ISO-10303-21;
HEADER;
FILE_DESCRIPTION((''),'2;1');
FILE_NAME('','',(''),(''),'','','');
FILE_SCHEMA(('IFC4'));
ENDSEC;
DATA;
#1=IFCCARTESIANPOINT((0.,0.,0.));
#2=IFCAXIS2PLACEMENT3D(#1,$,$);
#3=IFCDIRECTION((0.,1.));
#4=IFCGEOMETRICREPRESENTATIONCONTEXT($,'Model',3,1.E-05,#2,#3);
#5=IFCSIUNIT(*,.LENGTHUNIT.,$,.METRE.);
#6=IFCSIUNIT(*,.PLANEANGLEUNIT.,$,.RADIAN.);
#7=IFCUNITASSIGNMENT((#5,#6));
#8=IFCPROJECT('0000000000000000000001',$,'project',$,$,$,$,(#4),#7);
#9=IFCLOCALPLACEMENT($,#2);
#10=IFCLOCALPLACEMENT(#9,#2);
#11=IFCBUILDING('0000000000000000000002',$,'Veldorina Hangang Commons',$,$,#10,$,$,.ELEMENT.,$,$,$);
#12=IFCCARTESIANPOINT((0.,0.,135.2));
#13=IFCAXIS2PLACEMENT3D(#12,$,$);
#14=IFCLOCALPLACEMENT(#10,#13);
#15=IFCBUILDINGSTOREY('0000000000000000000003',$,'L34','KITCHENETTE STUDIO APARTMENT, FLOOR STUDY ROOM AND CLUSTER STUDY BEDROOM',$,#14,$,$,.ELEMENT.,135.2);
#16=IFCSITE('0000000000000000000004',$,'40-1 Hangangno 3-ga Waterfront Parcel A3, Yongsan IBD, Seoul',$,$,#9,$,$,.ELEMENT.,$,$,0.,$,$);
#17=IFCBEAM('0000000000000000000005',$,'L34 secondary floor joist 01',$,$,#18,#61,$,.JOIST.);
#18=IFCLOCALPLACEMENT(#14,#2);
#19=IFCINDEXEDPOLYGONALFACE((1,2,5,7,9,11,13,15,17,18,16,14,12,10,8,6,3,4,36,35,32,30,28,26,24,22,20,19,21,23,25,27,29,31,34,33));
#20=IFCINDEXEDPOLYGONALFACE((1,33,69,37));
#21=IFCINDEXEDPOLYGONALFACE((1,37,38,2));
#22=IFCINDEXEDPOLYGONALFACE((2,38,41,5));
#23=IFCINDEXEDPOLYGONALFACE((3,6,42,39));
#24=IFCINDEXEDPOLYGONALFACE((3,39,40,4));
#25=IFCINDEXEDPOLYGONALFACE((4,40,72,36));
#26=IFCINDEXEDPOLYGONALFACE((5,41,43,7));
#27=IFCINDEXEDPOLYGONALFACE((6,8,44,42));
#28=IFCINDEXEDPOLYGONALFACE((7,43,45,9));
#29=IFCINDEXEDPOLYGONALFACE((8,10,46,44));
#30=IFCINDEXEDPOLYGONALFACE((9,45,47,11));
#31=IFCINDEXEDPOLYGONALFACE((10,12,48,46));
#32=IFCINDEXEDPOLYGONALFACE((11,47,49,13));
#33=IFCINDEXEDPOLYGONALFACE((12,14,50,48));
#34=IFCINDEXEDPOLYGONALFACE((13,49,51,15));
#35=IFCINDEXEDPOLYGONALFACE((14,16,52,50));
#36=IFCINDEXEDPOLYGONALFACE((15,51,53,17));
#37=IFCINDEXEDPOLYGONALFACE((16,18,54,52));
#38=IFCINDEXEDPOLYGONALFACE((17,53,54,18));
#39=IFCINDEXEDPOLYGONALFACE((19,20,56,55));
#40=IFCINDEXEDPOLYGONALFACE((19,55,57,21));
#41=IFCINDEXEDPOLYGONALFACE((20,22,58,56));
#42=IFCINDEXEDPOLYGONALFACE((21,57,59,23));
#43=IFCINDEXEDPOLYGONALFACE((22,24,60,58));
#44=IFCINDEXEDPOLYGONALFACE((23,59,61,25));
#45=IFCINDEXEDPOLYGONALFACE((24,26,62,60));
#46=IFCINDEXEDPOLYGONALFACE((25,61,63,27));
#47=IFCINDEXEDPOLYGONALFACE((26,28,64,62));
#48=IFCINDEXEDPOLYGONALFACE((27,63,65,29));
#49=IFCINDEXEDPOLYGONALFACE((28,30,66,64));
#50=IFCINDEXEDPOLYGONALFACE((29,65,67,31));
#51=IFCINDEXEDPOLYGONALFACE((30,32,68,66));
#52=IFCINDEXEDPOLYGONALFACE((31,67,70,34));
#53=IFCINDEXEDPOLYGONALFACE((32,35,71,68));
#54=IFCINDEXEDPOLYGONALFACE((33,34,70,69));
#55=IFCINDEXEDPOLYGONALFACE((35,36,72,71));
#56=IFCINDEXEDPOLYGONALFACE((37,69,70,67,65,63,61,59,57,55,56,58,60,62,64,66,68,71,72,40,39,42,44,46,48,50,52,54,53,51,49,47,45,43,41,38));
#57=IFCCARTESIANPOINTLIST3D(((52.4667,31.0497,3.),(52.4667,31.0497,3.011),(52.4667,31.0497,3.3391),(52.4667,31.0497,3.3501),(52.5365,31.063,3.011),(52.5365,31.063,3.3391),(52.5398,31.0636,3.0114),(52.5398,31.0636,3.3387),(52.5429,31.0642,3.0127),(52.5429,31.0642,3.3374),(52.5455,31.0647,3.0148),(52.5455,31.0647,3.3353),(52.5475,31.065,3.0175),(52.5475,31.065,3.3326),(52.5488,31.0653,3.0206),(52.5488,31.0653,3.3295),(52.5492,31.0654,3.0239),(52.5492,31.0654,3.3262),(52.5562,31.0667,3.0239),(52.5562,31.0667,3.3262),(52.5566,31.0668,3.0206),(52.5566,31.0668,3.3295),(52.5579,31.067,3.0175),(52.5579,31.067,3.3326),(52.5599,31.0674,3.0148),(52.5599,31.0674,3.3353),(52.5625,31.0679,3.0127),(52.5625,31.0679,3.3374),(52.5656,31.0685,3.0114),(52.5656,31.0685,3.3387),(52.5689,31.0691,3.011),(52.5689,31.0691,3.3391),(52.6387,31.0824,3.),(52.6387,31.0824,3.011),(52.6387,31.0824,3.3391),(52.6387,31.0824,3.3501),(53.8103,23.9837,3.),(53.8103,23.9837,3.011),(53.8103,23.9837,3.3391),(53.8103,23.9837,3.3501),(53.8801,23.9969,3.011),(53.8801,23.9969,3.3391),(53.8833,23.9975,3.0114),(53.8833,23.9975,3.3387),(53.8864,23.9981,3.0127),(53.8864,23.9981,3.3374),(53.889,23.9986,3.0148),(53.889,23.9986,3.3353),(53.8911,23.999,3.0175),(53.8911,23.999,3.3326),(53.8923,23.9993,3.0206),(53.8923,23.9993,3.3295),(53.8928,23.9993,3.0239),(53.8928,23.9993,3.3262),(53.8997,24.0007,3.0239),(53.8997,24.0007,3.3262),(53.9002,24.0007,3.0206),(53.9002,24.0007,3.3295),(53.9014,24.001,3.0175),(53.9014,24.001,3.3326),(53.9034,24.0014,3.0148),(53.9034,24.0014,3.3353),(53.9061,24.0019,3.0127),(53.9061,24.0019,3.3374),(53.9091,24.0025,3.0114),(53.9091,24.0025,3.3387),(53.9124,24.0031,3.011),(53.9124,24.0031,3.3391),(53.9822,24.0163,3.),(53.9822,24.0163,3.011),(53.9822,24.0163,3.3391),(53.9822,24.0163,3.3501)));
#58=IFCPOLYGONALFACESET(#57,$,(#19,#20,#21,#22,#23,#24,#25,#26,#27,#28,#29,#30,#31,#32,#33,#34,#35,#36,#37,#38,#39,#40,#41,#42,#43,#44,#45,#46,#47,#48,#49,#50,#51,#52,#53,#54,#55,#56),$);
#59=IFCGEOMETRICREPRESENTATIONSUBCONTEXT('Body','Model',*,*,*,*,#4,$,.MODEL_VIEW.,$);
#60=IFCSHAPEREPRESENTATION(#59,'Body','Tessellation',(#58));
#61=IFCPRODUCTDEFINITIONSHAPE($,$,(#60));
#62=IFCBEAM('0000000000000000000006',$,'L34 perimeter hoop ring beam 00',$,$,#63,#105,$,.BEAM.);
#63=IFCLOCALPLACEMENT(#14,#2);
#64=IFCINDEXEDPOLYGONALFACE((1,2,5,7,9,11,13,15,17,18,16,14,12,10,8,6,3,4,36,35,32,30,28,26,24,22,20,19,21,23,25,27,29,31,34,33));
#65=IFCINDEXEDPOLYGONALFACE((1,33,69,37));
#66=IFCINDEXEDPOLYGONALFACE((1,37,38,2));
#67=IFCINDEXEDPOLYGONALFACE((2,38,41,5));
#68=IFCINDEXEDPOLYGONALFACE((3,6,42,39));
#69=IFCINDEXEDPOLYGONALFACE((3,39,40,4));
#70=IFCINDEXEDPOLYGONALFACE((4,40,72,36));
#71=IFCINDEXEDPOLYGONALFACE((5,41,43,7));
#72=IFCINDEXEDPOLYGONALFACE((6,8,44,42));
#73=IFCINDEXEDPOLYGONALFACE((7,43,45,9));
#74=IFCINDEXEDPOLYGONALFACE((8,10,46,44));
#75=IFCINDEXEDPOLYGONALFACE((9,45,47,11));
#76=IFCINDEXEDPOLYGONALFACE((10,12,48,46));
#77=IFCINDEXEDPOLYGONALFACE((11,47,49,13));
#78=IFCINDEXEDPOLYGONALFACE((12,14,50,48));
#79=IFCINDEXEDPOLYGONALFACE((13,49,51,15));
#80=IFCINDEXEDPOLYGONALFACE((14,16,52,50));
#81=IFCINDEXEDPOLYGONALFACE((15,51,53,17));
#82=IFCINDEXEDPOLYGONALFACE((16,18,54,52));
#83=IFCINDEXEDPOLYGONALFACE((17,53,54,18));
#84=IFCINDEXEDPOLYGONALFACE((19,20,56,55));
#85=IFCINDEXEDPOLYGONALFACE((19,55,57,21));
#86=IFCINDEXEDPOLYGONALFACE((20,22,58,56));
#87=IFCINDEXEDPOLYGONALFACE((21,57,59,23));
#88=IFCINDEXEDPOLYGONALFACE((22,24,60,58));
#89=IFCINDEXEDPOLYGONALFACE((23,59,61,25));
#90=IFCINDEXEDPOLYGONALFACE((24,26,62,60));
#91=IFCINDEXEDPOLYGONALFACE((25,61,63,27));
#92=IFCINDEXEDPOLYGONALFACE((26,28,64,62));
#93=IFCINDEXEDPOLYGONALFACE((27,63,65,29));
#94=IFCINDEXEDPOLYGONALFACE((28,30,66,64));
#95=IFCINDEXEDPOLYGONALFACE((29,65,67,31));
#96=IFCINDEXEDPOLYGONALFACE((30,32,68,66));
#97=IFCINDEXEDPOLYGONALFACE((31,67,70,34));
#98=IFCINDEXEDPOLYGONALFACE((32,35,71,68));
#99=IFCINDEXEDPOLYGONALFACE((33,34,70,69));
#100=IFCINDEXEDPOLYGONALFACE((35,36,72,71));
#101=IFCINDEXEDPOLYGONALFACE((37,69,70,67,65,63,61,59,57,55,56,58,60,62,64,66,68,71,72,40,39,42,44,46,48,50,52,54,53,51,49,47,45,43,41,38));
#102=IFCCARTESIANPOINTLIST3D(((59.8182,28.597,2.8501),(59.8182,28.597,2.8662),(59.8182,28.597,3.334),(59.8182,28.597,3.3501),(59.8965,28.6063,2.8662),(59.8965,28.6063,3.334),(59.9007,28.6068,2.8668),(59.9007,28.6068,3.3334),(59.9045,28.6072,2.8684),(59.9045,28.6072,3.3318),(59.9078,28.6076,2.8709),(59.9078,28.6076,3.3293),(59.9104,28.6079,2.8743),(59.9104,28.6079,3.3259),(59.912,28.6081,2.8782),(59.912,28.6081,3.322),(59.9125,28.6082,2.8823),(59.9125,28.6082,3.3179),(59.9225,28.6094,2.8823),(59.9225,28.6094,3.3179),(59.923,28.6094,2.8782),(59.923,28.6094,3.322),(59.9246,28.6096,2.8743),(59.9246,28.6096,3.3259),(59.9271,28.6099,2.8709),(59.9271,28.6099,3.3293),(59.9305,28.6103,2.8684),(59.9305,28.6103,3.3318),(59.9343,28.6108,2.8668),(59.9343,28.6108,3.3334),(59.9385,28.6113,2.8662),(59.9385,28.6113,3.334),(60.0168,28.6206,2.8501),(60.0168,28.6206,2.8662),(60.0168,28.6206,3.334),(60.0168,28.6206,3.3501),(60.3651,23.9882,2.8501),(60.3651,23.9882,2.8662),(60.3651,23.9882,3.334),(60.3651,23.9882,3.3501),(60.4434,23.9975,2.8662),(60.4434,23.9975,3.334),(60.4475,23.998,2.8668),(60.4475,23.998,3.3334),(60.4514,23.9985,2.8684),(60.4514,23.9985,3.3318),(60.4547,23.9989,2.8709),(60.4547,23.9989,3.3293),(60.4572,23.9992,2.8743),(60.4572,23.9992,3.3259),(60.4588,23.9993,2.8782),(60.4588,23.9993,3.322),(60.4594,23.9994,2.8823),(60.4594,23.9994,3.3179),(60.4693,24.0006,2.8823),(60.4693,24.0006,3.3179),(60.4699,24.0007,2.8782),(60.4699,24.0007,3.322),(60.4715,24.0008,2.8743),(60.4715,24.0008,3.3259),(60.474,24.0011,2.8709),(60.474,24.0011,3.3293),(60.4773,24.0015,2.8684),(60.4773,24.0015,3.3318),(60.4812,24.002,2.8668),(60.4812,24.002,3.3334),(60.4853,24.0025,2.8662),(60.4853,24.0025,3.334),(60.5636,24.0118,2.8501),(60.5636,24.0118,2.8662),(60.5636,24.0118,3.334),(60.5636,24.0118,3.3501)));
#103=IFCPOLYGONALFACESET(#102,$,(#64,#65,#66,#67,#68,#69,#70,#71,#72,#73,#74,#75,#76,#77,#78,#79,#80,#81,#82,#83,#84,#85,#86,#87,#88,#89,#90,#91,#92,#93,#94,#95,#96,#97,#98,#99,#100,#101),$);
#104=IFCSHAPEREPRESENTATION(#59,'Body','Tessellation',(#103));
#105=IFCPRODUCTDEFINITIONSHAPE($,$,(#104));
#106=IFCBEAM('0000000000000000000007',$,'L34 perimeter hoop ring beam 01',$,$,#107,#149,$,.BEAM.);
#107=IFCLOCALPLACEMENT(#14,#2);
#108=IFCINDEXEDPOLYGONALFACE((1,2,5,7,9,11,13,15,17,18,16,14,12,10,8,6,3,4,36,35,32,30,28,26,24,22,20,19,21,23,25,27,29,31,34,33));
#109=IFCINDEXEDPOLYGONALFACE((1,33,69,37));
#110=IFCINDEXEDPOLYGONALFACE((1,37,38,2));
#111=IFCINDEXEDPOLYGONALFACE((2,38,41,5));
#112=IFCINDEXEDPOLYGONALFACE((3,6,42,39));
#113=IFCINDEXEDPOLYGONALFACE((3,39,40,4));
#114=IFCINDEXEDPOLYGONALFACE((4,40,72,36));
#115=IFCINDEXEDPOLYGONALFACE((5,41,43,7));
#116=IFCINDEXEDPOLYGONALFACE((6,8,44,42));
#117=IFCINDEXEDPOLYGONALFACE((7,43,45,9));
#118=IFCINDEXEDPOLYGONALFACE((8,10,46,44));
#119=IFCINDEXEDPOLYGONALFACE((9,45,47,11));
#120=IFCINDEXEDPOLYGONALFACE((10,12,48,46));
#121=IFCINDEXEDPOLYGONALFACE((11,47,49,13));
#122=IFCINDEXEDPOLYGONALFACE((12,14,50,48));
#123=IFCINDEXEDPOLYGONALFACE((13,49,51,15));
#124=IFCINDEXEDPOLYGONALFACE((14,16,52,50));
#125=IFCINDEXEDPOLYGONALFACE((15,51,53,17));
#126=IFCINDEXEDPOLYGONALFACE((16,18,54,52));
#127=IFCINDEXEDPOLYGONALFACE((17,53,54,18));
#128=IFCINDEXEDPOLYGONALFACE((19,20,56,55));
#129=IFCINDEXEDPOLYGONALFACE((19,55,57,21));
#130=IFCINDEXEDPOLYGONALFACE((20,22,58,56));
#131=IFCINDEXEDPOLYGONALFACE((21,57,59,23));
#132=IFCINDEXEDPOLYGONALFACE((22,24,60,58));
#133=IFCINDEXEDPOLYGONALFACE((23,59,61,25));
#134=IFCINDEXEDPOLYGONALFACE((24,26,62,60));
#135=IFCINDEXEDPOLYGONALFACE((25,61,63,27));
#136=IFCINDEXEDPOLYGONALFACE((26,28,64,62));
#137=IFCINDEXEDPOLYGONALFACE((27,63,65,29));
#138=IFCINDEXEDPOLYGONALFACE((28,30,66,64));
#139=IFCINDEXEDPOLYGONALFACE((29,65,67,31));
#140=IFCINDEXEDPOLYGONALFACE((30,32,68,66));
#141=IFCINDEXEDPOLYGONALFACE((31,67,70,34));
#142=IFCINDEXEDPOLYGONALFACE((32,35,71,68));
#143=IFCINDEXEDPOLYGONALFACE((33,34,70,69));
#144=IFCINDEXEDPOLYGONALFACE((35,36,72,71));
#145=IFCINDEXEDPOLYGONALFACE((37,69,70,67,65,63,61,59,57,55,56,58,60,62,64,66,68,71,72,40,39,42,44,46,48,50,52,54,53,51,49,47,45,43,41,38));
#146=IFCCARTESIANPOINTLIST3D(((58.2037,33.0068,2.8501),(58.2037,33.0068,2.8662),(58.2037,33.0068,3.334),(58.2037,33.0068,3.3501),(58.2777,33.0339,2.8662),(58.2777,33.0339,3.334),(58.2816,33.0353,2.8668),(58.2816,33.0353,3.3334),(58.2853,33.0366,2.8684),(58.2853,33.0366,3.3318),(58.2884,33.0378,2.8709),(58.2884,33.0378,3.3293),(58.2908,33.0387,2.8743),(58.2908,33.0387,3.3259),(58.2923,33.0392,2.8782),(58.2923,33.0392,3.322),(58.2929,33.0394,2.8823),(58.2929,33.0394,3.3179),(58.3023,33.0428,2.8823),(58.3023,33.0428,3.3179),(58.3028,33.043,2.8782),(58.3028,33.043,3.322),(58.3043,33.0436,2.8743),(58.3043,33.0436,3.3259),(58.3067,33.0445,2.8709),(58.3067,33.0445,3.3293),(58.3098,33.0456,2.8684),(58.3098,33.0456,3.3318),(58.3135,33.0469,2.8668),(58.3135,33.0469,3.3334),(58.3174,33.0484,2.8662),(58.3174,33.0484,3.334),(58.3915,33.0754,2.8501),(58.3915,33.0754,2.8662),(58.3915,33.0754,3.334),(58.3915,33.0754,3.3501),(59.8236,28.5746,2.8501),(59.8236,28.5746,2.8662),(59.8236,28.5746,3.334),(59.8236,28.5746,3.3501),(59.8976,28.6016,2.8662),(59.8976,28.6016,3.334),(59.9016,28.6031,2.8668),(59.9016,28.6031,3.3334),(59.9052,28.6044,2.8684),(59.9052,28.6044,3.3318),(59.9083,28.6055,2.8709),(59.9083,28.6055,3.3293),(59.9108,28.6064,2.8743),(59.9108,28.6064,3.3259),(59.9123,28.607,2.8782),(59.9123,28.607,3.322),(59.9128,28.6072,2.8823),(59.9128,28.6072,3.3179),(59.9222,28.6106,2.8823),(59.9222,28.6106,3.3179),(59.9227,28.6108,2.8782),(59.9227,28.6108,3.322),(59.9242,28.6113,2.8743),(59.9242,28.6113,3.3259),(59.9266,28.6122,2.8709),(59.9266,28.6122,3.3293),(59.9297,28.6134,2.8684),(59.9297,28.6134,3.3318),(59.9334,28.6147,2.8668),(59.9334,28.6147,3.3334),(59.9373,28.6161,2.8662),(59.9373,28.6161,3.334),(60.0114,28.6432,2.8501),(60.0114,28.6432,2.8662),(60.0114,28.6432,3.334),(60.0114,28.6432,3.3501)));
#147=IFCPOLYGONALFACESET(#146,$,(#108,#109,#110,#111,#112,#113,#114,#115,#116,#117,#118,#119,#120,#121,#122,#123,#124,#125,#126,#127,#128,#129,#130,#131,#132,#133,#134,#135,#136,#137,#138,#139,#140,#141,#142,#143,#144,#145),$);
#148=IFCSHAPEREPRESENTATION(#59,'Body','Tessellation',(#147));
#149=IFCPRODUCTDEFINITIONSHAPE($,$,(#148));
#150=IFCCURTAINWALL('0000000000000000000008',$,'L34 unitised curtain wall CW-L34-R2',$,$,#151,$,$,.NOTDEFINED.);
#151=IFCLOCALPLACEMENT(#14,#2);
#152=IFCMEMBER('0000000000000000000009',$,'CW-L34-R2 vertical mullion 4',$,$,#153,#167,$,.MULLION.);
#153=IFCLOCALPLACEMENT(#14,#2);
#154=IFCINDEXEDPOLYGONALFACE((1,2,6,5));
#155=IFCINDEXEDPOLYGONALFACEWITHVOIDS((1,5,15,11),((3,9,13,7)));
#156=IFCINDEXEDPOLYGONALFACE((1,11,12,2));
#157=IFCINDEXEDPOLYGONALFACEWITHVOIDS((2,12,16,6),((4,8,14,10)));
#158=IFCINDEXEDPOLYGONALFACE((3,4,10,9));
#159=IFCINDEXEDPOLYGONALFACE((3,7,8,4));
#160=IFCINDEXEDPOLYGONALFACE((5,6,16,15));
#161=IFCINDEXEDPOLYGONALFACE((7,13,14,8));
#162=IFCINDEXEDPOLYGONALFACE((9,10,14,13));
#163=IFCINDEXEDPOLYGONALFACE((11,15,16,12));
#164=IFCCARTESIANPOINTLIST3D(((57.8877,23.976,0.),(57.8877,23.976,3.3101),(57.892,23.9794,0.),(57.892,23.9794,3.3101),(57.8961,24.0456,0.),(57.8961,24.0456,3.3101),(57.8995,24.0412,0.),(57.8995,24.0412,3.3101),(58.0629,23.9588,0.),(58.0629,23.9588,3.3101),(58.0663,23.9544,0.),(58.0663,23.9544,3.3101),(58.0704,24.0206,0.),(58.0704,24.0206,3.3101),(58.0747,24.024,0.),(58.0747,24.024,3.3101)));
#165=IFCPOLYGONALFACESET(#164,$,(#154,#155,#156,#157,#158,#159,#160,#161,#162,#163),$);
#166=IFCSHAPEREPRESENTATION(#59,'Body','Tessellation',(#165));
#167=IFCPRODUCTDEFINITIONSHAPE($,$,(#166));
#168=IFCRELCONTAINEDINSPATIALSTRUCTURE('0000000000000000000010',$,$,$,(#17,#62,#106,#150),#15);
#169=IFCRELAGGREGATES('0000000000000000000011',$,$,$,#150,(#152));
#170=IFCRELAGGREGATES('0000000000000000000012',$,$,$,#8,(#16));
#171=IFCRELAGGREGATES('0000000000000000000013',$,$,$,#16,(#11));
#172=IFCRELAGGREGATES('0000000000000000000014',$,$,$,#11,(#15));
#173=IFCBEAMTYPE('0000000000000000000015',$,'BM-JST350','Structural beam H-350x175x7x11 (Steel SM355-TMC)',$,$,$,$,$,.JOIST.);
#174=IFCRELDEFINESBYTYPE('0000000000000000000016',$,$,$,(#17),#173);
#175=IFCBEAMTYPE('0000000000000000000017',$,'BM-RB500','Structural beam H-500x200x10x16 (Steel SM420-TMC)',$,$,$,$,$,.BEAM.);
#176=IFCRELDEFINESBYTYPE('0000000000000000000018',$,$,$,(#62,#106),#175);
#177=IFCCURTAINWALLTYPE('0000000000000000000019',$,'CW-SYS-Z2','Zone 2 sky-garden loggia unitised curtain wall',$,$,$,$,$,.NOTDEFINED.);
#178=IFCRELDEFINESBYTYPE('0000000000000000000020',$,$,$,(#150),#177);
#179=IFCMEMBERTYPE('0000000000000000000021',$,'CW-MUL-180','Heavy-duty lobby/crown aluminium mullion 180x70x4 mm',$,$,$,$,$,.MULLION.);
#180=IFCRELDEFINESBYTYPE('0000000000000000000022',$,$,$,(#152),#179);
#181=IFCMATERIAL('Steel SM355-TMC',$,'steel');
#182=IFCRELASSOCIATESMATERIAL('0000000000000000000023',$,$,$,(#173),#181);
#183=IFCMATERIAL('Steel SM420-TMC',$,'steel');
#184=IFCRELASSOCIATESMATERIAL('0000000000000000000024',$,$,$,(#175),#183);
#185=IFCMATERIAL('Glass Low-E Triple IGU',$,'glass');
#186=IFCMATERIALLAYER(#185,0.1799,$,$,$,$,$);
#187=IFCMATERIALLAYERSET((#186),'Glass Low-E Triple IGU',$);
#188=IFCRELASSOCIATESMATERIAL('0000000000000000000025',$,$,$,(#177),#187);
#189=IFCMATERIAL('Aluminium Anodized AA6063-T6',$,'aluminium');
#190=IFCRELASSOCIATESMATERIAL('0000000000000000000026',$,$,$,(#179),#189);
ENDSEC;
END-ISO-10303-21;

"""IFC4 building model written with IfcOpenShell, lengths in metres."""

from ifc_helpers import new_model, si_unit, direction, frame, origin, origin_2d, place, context, subcontext, project, spatial, hollow_rectangle, i_section, extrude, material, layer, layer_set, material_profile, profile_set, type_object, element, aggregate, save


model = new_model("IFC4")

# Units and contexts
model_context = context("Model", 3, precision=1e-05, world=origin(), true_north=direction((0.0, 1.0)))
body_context = subcontext(model_context, "Body", "Model", "MODEL_VIEW")
ifc_project = project(units=[si_unit("LENGTHUNIT", "METRE"), si_unit("PLANEANGLEUNIT", "RADIAN")], contexts=[model_context])

# Site, building, storey
site_placement = place(None, origin())
site = spatial("IfcSite", under=ifc_project, at=site_placement, Name="40-1 Hangangno 3-ga Waterfront Parcel A3, Yongsan IBD, Seoul", CompositionType="ELEMENT", RefElevation=0.0)
building_placement = place(site_placement, origin())
building = spatial("IfcBuilding", under=site, at=building_placement, Name="Veldorina Hangang Commons", CompositionType="ELEMENT")
storey_placement = place(building_placement, frame((0.0, 0.0, 135.2)))
storey = spatial("IfcBuildingStorey", under=building, at=storey_placement, Name="L34", Description="KITCHENETTE STUDIO APARTMENT, FLOOR STUDY ROOM AND CLUSTER STUDY BEDROOM", CompositionType="ELEMENT", Elevation=135.2)

# Beams
ifc_material_1 = material(Name="Steel SM355-TMC", Category="steel")
ifc_material_profile_1 = material_profile(ifc_material_1, i_section(OverallWidth=0.175, OverallDepth=0.3501, WebThickness=0.0071, FlangeThickness=0.011, FilletRadius=0.0129, at=origin_2d()), Name="H-350x175x7x11")
ifc_profile_set_1 = profile_set([ifc_material_profile_1], Name="Steel SM355-TMC")
beam_type_1 = type_object("IfcBeamType", Name="BM-JST350", Description="Structural beam H-350x175x7x11 (Steel SM355-TMC)", PredefinedType="JOIST", material=ifc_profile_set_1)
beam_1_placement = place(storey_placement, frame((53.8962, 24.0, 3.175), z_axis=(-0.186792, 0.982399, 0.0), x_axis=(-0.982399, -0.186792, 0.0)))
element("IfcBeam", 1, at=beam_1_placement, inside=storey, type_object=beam_type_1, Name="L34 secondary floor joist 01", PredefinedType="JOIST", context=body_context, shape_type="SweptSolid", body=[
    extrude(i_section(OverallWidth=0.175, OverallDepth=0.3501, WebThickness=0.0071, FlangeThickness=0.011, FilletRadius=0.0129, at=origin_2d()), origin(), (0.0, 0.0, 1.0), 7.1926),
])
ifc_material_2 = material(Name="Steel SM420-TMC", Category="steel")
ifc_material_profile_2 = material_profile(ifc_material_2, i_section(OverallWidth=0.2, OverallDepth=0.5, WebThickness=0.01, FlangeThickness=0.0161, FilletRadius=0.0161, at=origin_2d()), Name="H-500x200x10x16")
ifc_profile_set_2 = profile_set([ifc_material_profile_2], Name="Steel SM420-TMC")
beam_type_2 = type_object("IfcBeamType", Name="BM-RB500", Description="Structural beam H-500x200x10x16 (Steel SM420-TMC)", PredefinedType="BEAM", material=ifc_profile_set_2)
beam_2_placement = place(storey_placement, frame((60.4644, 24.0, 3.1001), z_axis=(-0.11783, 0.993034, 0.0), x_axis=(-0.993034, -0.11783, 0.0)))
element("IfcBeam", 2, at=beam_2_placement, inside=storey, type_object=beam_type_2, Name="L34 perimeter hoop ring beam 00", PredefinedType="BEAM", context=body_context, shape_type="SweptSolid", body=[
    extrude(i_section(OverallWidth=0.2, OverallDepth=0.5, WebThickness=0.01, FlangeThickness=0.0161, FilletRadius=0.0161, at=origin_2d()), origin(), (0.0, 0.0, 1.0), 4.6411),
])
beam_3_placement = place(storey_placement, frame((59.9175, 28.6089, 3.1001), z_axis=(-0.343275, 0.939235, 0.0), x_axis=(-0.939235, -0.343275, 0.0)))
element("IfcBeam", 3, at=beam_3_placement, inside=storey, type_object=beam_type_2, Name="L34 perimeter hoop ring beam 01", PredefinedType="BEAM", context=body_context, shape_type="SweptSolid", body=[
    extrude(i_section(OverallWidth=0.2, OverallDepth=0.5, WebThickness=0.01, FlangeThickness=0.0161, FilletRadius=0.0161, at=origin_2d()), origin(), (0.0, 0.0, 1.0), 4.719),
])

# Curtain wall, member
ifc_material_3 = material(Name="Glass Low-E Triple IGU", Category="glass")
ifc_layer_1 = layer(ifc_material_3, 0.1799)
ifc_layer_set_1 = layer_set([ifc_layer_1], Name="Glass Low-E Triple IGU")
curtain_wall_type = type_object("IfcCurtainWallType", Name="CW-SYS-Z2", Description="Zone 2 sky-garden loggia unitised curtain wall", PredefinedType="NOTDEFINED", material=ifc_layer_set_1)
curtain_wall_placement = place(storey_placement, origin())
curtain_wall = element("IfcCurtainWall", 4, at=curtain_wall_placement, inside=storey, type_object=curtain_wall_type, Name="L34 unitised curtain wall CW-L34-R2", PredefinedType="NOTDEFINED")
ifc_material_4 = material(Name="Aluminium Anodized AA6063-T6", Category="aluminium")
ifc_material_profile_3 = material_profile(ifc_material_4, hollow_rectangle(XDim=0.0701, YDim=0.1799, WallThickness=0.0039, at=origin_2d()), Name="ALU-RHS-180x70x4")
ifc_profile_set_3 = profile_set([ifc_material_profile_3], Name="Aluminium Anodized AA6063-T6")
member_type_1 = type_object("IfcMemberType", Name="CW-MUL-180", Description="Heavy-duty lobby/crown aluminium mullion 180x70x4 mm", PredefinedType="MULLION", material=ifc_profile_set_3)
member_1_placement = place(storey_placement, frame((57.9812, 24.0, 0.0), z_axis=(0.0, 0.0, 1.0), x_axis=(-0.120223, -0.992747, 0.0)))
member_1 = element("IfcMember", 5, at=member_1_placement, type_object=member_type_1, Name="CW-L34-R2 vertical mullion 4", PredefinedType="MULLION", context=body_context, shape_type="SweptSolid", body=[
    extrude(hollow_rectangle(XDim=0.0701, YDim=0.1799, WallThickness=0.0039, at=origin_2d()), origin(), (0.0, 0.0, 1.0), 3.3101),
])
aggregate(curtain_wall, [member_1])

save(model, "model.ifc")
